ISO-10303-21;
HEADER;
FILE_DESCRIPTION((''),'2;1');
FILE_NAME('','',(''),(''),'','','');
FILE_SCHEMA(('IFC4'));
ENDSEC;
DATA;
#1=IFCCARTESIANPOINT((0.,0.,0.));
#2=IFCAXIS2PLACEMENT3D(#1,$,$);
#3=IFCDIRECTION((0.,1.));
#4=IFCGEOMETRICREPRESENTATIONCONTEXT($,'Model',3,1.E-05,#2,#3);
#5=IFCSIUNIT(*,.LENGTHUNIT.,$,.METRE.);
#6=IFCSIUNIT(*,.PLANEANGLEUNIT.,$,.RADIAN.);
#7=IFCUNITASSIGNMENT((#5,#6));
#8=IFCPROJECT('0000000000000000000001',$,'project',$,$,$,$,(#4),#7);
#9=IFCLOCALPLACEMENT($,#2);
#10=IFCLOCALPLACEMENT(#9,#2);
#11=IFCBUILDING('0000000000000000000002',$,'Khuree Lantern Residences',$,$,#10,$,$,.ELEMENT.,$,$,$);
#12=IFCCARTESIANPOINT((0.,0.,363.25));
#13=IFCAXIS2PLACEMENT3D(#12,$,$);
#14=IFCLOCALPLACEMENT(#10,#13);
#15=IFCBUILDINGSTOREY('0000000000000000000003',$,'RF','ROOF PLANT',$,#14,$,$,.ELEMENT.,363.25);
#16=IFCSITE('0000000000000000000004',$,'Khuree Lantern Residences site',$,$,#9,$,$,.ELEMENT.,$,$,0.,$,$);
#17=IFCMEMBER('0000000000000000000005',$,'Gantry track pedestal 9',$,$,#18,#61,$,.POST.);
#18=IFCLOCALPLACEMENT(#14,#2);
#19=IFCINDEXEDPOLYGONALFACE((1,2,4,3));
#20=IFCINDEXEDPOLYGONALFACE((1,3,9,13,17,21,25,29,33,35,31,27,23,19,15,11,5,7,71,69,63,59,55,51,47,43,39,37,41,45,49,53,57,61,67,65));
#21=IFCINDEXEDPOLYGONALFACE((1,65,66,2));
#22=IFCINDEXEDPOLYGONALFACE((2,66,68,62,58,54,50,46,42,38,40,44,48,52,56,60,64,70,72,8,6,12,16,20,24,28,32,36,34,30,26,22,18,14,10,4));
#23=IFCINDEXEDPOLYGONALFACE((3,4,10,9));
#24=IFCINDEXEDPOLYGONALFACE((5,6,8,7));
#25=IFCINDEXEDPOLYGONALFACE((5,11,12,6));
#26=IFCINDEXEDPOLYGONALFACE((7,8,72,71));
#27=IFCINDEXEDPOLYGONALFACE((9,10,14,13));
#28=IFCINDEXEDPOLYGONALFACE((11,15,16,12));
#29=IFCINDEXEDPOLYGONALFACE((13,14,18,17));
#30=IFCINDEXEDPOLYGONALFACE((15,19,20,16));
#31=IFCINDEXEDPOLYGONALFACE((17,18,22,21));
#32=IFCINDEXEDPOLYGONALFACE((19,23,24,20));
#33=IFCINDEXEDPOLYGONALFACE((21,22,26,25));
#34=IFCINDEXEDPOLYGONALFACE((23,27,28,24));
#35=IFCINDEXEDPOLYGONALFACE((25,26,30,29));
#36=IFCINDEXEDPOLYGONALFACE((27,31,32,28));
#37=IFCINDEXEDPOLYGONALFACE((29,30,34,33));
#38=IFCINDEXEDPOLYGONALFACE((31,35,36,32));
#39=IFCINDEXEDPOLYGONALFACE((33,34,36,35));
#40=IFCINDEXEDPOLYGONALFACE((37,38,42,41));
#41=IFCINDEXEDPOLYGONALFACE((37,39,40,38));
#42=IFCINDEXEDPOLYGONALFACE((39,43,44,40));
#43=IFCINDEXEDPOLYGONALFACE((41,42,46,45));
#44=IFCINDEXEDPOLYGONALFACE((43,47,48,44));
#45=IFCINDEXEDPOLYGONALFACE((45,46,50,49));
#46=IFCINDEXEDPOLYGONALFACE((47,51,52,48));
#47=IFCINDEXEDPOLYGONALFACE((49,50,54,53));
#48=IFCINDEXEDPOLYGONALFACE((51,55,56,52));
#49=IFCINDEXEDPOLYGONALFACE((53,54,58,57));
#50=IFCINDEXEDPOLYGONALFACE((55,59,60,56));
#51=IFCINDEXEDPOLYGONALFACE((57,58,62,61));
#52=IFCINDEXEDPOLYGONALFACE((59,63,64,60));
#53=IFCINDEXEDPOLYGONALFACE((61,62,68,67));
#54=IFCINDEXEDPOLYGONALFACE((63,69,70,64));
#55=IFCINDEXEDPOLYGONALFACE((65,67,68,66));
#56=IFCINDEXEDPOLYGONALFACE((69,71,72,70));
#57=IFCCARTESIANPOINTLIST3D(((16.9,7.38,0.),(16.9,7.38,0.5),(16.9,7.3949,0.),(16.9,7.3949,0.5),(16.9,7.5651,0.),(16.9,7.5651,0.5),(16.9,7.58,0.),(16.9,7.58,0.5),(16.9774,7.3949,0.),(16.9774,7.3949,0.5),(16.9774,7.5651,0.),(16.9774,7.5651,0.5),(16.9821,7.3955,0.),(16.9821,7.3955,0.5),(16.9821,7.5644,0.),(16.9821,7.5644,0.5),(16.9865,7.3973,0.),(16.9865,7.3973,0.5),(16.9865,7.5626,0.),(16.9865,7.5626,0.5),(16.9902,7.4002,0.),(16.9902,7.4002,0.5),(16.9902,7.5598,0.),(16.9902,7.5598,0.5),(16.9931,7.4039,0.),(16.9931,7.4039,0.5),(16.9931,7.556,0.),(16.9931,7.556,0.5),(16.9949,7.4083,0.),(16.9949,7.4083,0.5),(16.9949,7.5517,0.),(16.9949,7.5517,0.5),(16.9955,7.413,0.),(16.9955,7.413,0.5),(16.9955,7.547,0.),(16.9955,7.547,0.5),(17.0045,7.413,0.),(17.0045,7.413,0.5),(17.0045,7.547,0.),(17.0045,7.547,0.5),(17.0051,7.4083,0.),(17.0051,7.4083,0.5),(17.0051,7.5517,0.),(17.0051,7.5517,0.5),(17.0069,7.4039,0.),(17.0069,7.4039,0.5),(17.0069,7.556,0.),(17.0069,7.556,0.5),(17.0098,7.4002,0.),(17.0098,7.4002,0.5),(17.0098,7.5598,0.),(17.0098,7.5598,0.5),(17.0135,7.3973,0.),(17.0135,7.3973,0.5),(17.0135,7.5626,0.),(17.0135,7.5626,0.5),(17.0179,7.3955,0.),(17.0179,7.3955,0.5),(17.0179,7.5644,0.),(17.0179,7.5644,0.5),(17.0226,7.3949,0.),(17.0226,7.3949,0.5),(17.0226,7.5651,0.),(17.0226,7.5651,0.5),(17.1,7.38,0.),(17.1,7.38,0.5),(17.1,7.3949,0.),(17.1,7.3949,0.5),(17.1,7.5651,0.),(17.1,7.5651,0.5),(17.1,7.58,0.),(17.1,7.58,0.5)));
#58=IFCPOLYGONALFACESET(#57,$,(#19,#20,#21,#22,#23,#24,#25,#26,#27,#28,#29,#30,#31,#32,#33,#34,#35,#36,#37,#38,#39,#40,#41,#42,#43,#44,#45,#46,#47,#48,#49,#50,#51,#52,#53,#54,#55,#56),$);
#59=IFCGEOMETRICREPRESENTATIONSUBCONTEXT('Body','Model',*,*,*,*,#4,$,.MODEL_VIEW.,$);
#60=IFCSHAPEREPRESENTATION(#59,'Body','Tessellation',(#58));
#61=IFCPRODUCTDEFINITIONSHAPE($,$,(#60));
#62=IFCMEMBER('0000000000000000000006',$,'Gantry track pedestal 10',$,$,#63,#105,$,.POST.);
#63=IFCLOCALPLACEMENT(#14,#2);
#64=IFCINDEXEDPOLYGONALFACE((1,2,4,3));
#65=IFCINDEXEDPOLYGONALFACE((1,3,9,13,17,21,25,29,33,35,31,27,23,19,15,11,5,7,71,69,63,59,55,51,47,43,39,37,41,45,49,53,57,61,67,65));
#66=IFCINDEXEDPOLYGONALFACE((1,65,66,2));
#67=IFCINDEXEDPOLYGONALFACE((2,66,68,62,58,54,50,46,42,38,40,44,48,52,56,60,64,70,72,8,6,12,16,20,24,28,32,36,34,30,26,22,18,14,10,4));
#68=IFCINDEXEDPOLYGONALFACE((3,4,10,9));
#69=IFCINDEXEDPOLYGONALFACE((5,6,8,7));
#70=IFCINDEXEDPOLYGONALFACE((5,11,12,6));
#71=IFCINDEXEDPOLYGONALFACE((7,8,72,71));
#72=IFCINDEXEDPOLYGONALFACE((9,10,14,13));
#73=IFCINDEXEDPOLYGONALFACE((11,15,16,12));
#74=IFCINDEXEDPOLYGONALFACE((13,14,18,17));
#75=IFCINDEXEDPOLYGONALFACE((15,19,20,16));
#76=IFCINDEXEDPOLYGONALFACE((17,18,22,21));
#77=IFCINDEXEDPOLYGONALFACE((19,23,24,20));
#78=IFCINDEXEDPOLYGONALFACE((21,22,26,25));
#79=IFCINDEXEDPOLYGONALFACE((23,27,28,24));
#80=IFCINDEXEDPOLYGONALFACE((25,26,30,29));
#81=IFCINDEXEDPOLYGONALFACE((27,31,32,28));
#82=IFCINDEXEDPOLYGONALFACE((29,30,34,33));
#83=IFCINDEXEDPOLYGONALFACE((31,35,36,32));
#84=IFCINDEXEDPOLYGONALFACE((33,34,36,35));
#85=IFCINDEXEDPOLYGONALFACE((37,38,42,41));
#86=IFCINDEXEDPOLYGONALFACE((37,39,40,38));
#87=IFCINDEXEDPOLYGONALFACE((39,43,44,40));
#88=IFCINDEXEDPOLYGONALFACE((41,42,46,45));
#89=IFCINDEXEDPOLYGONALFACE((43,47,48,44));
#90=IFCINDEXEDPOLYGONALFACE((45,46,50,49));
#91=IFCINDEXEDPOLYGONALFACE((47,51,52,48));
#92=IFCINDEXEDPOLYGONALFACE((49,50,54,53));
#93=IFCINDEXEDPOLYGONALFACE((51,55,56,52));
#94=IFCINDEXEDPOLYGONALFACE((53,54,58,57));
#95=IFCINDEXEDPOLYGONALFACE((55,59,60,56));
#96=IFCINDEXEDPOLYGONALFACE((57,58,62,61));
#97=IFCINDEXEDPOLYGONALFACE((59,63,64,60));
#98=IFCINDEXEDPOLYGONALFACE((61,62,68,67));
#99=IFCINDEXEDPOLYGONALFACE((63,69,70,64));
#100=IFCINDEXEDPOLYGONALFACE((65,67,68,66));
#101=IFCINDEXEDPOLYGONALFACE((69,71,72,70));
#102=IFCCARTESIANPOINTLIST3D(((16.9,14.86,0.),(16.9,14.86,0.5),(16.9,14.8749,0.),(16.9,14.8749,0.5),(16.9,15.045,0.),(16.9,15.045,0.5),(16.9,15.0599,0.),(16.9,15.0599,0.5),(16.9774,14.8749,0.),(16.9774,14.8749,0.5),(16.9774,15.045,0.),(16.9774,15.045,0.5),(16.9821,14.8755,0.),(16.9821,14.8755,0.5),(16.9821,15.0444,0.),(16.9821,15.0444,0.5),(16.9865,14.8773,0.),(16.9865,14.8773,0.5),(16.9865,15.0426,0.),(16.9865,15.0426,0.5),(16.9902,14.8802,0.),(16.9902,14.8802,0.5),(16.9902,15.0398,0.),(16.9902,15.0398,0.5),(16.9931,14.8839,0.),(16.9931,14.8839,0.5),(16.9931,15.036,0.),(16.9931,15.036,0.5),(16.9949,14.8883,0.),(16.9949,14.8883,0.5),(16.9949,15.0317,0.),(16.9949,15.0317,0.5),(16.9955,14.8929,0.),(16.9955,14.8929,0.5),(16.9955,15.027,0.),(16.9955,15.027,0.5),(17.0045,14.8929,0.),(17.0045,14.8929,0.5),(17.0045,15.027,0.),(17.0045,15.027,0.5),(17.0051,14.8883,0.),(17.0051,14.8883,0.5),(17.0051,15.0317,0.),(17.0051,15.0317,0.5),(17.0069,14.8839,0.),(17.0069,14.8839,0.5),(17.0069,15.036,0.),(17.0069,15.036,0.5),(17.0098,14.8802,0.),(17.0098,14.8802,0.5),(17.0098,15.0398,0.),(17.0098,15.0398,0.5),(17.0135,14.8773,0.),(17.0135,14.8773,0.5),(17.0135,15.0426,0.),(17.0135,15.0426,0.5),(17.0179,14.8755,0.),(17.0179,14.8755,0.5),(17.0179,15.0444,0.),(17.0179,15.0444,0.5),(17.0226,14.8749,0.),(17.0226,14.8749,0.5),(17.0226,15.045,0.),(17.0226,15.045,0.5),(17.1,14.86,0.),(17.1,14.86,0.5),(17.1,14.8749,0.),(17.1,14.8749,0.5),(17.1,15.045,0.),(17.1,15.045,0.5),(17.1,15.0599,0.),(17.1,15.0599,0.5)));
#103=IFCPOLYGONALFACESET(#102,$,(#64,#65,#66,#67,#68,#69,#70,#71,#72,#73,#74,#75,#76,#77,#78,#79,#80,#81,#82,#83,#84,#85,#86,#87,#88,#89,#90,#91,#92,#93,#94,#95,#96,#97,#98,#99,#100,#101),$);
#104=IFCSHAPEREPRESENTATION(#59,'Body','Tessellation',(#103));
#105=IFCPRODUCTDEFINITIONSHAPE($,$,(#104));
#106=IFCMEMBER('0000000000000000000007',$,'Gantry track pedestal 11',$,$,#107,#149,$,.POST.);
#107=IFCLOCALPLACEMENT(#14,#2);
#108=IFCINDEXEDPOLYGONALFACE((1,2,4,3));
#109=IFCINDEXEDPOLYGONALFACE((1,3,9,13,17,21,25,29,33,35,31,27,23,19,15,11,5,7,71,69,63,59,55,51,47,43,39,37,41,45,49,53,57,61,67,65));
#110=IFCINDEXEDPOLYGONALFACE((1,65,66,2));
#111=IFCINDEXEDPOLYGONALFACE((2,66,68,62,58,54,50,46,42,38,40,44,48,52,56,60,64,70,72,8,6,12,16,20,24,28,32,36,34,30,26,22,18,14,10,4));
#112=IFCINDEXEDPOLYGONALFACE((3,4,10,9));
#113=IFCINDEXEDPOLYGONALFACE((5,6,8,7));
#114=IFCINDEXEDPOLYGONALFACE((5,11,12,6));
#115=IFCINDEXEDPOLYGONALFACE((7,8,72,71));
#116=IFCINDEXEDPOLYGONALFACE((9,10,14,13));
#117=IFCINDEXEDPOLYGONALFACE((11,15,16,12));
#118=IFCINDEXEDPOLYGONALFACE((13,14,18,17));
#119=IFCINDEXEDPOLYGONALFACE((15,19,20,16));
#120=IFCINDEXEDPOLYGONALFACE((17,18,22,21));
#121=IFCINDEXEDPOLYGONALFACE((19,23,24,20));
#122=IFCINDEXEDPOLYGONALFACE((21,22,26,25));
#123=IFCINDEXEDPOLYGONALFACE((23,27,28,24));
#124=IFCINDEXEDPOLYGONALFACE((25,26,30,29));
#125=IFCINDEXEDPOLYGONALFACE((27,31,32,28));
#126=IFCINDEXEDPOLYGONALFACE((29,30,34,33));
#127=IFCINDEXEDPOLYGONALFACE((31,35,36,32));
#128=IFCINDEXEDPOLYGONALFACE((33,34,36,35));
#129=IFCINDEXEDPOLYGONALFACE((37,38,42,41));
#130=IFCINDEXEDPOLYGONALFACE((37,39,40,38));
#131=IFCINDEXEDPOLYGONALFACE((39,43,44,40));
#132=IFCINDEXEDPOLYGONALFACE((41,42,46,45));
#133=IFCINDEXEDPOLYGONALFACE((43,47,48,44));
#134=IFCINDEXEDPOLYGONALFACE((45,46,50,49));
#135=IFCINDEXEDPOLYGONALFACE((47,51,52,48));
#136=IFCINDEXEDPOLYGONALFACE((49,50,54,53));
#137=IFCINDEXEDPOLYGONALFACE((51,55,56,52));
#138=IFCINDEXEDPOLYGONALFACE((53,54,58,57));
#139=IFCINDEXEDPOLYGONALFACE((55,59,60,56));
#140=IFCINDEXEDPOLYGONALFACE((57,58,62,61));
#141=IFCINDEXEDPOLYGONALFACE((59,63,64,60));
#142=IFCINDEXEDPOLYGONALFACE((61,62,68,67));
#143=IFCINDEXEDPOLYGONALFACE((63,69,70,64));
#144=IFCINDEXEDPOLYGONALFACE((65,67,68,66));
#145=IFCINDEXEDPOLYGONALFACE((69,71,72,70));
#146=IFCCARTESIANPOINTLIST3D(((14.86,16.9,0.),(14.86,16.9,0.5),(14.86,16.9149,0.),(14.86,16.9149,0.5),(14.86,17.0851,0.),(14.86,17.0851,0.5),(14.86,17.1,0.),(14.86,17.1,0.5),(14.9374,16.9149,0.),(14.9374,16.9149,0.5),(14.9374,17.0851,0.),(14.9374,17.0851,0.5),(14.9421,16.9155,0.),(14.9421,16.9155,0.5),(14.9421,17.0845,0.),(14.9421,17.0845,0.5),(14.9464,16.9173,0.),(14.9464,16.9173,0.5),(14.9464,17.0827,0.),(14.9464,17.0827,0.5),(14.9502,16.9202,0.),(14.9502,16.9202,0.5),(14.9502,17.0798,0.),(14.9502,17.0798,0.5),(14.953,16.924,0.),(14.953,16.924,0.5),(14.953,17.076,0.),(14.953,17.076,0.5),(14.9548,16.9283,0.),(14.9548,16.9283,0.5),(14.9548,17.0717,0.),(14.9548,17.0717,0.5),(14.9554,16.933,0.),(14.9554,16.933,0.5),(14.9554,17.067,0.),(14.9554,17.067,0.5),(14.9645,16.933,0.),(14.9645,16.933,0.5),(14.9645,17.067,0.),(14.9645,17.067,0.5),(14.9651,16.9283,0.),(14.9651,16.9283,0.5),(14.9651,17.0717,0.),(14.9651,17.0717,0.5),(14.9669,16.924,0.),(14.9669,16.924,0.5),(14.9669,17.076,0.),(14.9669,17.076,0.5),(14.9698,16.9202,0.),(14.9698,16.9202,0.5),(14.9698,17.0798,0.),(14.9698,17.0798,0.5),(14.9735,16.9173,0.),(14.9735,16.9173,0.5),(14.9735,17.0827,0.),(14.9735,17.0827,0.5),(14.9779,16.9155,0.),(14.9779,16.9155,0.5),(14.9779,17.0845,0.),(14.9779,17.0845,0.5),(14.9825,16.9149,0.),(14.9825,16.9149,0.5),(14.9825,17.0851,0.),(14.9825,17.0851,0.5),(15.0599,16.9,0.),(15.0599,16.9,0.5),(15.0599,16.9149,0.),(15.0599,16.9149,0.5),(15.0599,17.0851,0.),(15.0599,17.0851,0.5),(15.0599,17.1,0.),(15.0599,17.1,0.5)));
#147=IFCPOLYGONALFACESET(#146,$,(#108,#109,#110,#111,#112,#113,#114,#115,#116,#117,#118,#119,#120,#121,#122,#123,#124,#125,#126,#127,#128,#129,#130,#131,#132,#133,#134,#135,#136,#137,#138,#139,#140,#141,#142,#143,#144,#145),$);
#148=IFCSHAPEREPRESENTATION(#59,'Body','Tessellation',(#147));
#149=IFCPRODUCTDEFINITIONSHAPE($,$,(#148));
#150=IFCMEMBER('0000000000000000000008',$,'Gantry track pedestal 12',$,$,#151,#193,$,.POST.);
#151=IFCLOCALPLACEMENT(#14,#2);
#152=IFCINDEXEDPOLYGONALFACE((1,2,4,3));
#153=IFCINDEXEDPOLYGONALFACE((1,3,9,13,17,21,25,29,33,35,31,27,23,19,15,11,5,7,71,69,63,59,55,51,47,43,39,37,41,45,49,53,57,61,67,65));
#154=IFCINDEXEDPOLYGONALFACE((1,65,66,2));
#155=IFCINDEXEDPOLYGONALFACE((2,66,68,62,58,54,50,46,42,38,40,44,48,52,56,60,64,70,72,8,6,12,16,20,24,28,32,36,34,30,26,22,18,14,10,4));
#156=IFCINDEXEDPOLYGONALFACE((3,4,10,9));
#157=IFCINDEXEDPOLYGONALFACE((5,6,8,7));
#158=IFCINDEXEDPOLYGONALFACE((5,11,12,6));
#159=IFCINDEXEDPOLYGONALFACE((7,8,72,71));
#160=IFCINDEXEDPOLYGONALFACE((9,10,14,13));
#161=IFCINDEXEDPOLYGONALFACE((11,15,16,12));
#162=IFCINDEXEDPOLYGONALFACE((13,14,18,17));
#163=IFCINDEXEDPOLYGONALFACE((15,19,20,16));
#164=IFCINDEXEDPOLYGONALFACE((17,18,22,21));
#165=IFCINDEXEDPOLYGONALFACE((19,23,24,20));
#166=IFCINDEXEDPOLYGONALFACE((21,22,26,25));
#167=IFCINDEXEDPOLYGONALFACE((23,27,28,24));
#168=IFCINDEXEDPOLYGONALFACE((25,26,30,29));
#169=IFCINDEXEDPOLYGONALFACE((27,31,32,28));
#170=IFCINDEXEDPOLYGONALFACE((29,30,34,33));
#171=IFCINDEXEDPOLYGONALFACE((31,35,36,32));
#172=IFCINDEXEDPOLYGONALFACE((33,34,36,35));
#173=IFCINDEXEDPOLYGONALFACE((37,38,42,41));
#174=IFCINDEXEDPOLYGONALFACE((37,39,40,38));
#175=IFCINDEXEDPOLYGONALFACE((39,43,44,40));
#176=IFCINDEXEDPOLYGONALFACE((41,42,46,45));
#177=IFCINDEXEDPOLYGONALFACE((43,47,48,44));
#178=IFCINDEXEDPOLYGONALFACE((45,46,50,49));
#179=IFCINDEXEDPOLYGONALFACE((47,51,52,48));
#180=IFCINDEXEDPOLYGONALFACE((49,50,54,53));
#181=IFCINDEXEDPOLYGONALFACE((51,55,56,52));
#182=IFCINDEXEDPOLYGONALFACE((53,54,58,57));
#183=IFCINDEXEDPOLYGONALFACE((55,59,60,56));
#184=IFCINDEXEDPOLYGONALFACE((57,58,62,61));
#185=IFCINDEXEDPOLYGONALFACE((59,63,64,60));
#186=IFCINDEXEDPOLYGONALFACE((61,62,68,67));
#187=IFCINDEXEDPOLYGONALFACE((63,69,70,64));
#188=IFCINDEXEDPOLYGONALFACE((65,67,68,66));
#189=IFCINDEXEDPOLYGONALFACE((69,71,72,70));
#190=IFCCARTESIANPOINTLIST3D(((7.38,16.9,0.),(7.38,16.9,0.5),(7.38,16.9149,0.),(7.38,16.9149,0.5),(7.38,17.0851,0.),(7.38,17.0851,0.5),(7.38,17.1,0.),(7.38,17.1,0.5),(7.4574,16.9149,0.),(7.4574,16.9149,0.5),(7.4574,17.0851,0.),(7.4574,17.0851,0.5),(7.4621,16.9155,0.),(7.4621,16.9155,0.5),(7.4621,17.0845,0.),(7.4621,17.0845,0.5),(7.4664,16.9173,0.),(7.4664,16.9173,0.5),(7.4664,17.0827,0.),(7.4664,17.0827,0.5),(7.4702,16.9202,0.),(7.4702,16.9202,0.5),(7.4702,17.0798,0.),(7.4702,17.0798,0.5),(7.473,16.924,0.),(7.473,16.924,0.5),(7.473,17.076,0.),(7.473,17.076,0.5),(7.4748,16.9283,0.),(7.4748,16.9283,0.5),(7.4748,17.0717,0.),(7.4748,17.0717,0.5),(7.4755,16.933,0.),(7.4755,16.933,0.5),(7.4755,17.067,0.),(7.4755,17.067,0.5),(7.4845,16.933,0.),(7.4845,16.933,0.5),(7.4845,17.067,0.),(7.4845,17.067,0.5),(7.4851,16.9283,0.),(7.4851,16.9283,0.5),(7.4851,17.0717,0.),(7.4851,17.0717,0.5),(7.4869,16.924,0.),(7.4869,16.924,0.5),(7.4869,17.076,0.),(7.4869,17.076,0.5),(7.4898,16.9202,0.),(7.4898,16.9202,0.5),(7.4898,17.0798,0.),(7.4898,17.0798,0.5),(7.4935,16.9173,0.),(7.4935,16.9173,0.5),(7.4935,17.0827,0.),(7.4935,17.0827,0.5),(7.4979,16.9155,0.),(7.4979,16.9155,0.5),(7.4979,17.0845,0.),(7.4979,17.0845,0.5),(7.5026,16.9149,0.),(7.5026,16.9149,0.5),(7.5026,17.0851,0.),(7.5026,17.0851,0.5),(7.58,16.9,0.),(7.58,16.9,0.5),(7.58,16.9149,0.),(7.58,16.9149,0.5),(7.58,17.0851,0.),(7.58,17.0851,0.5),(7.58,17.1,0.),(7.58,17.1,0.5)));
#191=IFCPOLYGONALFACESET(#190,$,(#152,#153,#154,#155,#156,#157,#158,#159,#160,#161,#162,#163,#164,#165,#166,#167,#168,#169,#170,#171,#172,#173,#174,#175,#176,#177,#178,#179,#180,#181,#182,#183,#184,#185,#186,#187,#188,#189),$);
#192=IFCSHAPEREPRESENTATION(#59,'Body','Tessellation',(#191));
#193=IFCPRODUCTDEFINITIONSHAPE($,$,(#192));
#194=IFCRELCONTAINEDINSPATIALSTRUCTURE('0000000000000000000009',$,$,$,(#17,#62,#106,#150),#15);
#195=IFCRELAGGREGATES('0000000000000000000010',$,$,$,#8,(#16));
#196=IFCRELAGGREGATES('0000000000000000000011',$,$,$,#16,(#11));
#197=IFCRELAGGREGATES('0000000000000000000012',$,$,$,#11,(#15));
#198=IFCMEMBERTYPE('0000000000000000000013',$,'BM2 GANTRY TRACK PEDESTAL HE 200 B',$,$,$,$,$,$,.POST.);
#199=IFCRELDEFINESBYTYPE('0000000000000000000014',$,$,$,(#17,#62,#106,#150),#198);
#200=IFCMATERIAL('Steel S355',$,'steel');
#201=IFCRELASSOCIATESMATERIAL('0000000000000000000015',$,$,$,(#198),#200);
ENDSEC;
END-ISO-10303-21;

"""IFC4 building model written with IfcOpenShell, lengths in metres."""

from ifc_helpers import new_model, si_unit, direction, frame, origin, origin_2d, place, context, subcontext, project, spatial, i_section, extrude, material, material_profile, profile_set, type_object, element, save


model = new_model("IFC4")

# Units and contexts
model_context = context("Model", 3, precision=1e-05, world=origin(), true_north=direction((0.0, 1.0)))
body_context = subcontext(model_context, "Body", "Model", "MODEL_VIEW")
ifc_project = project(units=[si_unit("LENGTHUNIT", "METRE"), si_unit("PLANEANGLEUNIT", "RADIAN")], contexts=[model_context])

# Site, building, storey
site_placement = place(None, origin())
site = spatial("IfcSite", under=ifc_project, at=site_placement, Name="Khuree Lantern Residences site", CompositionType="ELEMENT", RefElevation=0.0)
building_placement = place(site_placement, origin())
building = spatial("IfcBuilding", under=site, at=building_placement, Name="Khuree Lantern Residences", CompositionType="ELEMENT")
storey_placement = place(building_placement, frame((0.0, 0.0, 363.25)))
storey = spatial("IfcBuildingStorey", under=building, at=storey_placement, Name="RF", Description="ROOF PLANT", CompositionType="ELEMENT", Elevation=363.25)

# Shared definitions
ifc_material_1 = material(Name="Steel S355", Category="steel")

# Members
ifc_material_profile_1 = material_profile(ifc_material_1, i_section(OverallWidth=0.2, OverallDepth=0.2, WebThickness=0.009, FlangeThickness=0.0149, FilletRadius=0.0181, at=origin_2d()), Name="HE 200 B")
ifc_profile_set_1 = profile_set([ifc_material_profile_1], Name="Steel S355")
member_type_1 = type_object("IfcMemberType", Name="BM2 GANTRY TRACK PEDESTAL HE 200 B", PredefinedType="POST", material=ifc_profile_set_1)
for number, where, z_axis, x_axis, name in (
    (1, (17.0, 7.48, 0.0), (0.0, 0.0, 1.0), (1.0, 0.0, 0.0), "Gantry track pedestal 9"),
    (2, (17.0, 14.96, 0.0), (0.0, 0.0, 1.0), (1.0, 0.0, 0.0), "Gantry track pedestal 10"),
    (3, (14.96, 17.0, 0.0), (0.0, 0.0, 1.0), (1.0, 0.0, 0.0), "Gantry track pedestal 11"),
    (4, (7.48, 17.0, 0.0), (0.0, 0.0, 1.0), (1.0, 0.0, 0.0), "Gantry track pedestal 12"),
):
    element("IfcMember", number, at=place(storey_placement, frame(where, z_axis=z_axis, x_axis=x_axis)), inside=storey, type_object=member_type_1, Name=name, PredefinedType="POST", context=body_context, shape_type="SweptSolid", body=[
        extrude(i_section(OverallWidth=0.2, OverallDepth=0.2, WebThickness=0.009, FlangeThickness=0.0149, FilletRadius=0.0181, at=origin_2d()), origin(), (0.0, 0.0, 1.0), 0.5),
    ])

save(model, "model.ifc")
